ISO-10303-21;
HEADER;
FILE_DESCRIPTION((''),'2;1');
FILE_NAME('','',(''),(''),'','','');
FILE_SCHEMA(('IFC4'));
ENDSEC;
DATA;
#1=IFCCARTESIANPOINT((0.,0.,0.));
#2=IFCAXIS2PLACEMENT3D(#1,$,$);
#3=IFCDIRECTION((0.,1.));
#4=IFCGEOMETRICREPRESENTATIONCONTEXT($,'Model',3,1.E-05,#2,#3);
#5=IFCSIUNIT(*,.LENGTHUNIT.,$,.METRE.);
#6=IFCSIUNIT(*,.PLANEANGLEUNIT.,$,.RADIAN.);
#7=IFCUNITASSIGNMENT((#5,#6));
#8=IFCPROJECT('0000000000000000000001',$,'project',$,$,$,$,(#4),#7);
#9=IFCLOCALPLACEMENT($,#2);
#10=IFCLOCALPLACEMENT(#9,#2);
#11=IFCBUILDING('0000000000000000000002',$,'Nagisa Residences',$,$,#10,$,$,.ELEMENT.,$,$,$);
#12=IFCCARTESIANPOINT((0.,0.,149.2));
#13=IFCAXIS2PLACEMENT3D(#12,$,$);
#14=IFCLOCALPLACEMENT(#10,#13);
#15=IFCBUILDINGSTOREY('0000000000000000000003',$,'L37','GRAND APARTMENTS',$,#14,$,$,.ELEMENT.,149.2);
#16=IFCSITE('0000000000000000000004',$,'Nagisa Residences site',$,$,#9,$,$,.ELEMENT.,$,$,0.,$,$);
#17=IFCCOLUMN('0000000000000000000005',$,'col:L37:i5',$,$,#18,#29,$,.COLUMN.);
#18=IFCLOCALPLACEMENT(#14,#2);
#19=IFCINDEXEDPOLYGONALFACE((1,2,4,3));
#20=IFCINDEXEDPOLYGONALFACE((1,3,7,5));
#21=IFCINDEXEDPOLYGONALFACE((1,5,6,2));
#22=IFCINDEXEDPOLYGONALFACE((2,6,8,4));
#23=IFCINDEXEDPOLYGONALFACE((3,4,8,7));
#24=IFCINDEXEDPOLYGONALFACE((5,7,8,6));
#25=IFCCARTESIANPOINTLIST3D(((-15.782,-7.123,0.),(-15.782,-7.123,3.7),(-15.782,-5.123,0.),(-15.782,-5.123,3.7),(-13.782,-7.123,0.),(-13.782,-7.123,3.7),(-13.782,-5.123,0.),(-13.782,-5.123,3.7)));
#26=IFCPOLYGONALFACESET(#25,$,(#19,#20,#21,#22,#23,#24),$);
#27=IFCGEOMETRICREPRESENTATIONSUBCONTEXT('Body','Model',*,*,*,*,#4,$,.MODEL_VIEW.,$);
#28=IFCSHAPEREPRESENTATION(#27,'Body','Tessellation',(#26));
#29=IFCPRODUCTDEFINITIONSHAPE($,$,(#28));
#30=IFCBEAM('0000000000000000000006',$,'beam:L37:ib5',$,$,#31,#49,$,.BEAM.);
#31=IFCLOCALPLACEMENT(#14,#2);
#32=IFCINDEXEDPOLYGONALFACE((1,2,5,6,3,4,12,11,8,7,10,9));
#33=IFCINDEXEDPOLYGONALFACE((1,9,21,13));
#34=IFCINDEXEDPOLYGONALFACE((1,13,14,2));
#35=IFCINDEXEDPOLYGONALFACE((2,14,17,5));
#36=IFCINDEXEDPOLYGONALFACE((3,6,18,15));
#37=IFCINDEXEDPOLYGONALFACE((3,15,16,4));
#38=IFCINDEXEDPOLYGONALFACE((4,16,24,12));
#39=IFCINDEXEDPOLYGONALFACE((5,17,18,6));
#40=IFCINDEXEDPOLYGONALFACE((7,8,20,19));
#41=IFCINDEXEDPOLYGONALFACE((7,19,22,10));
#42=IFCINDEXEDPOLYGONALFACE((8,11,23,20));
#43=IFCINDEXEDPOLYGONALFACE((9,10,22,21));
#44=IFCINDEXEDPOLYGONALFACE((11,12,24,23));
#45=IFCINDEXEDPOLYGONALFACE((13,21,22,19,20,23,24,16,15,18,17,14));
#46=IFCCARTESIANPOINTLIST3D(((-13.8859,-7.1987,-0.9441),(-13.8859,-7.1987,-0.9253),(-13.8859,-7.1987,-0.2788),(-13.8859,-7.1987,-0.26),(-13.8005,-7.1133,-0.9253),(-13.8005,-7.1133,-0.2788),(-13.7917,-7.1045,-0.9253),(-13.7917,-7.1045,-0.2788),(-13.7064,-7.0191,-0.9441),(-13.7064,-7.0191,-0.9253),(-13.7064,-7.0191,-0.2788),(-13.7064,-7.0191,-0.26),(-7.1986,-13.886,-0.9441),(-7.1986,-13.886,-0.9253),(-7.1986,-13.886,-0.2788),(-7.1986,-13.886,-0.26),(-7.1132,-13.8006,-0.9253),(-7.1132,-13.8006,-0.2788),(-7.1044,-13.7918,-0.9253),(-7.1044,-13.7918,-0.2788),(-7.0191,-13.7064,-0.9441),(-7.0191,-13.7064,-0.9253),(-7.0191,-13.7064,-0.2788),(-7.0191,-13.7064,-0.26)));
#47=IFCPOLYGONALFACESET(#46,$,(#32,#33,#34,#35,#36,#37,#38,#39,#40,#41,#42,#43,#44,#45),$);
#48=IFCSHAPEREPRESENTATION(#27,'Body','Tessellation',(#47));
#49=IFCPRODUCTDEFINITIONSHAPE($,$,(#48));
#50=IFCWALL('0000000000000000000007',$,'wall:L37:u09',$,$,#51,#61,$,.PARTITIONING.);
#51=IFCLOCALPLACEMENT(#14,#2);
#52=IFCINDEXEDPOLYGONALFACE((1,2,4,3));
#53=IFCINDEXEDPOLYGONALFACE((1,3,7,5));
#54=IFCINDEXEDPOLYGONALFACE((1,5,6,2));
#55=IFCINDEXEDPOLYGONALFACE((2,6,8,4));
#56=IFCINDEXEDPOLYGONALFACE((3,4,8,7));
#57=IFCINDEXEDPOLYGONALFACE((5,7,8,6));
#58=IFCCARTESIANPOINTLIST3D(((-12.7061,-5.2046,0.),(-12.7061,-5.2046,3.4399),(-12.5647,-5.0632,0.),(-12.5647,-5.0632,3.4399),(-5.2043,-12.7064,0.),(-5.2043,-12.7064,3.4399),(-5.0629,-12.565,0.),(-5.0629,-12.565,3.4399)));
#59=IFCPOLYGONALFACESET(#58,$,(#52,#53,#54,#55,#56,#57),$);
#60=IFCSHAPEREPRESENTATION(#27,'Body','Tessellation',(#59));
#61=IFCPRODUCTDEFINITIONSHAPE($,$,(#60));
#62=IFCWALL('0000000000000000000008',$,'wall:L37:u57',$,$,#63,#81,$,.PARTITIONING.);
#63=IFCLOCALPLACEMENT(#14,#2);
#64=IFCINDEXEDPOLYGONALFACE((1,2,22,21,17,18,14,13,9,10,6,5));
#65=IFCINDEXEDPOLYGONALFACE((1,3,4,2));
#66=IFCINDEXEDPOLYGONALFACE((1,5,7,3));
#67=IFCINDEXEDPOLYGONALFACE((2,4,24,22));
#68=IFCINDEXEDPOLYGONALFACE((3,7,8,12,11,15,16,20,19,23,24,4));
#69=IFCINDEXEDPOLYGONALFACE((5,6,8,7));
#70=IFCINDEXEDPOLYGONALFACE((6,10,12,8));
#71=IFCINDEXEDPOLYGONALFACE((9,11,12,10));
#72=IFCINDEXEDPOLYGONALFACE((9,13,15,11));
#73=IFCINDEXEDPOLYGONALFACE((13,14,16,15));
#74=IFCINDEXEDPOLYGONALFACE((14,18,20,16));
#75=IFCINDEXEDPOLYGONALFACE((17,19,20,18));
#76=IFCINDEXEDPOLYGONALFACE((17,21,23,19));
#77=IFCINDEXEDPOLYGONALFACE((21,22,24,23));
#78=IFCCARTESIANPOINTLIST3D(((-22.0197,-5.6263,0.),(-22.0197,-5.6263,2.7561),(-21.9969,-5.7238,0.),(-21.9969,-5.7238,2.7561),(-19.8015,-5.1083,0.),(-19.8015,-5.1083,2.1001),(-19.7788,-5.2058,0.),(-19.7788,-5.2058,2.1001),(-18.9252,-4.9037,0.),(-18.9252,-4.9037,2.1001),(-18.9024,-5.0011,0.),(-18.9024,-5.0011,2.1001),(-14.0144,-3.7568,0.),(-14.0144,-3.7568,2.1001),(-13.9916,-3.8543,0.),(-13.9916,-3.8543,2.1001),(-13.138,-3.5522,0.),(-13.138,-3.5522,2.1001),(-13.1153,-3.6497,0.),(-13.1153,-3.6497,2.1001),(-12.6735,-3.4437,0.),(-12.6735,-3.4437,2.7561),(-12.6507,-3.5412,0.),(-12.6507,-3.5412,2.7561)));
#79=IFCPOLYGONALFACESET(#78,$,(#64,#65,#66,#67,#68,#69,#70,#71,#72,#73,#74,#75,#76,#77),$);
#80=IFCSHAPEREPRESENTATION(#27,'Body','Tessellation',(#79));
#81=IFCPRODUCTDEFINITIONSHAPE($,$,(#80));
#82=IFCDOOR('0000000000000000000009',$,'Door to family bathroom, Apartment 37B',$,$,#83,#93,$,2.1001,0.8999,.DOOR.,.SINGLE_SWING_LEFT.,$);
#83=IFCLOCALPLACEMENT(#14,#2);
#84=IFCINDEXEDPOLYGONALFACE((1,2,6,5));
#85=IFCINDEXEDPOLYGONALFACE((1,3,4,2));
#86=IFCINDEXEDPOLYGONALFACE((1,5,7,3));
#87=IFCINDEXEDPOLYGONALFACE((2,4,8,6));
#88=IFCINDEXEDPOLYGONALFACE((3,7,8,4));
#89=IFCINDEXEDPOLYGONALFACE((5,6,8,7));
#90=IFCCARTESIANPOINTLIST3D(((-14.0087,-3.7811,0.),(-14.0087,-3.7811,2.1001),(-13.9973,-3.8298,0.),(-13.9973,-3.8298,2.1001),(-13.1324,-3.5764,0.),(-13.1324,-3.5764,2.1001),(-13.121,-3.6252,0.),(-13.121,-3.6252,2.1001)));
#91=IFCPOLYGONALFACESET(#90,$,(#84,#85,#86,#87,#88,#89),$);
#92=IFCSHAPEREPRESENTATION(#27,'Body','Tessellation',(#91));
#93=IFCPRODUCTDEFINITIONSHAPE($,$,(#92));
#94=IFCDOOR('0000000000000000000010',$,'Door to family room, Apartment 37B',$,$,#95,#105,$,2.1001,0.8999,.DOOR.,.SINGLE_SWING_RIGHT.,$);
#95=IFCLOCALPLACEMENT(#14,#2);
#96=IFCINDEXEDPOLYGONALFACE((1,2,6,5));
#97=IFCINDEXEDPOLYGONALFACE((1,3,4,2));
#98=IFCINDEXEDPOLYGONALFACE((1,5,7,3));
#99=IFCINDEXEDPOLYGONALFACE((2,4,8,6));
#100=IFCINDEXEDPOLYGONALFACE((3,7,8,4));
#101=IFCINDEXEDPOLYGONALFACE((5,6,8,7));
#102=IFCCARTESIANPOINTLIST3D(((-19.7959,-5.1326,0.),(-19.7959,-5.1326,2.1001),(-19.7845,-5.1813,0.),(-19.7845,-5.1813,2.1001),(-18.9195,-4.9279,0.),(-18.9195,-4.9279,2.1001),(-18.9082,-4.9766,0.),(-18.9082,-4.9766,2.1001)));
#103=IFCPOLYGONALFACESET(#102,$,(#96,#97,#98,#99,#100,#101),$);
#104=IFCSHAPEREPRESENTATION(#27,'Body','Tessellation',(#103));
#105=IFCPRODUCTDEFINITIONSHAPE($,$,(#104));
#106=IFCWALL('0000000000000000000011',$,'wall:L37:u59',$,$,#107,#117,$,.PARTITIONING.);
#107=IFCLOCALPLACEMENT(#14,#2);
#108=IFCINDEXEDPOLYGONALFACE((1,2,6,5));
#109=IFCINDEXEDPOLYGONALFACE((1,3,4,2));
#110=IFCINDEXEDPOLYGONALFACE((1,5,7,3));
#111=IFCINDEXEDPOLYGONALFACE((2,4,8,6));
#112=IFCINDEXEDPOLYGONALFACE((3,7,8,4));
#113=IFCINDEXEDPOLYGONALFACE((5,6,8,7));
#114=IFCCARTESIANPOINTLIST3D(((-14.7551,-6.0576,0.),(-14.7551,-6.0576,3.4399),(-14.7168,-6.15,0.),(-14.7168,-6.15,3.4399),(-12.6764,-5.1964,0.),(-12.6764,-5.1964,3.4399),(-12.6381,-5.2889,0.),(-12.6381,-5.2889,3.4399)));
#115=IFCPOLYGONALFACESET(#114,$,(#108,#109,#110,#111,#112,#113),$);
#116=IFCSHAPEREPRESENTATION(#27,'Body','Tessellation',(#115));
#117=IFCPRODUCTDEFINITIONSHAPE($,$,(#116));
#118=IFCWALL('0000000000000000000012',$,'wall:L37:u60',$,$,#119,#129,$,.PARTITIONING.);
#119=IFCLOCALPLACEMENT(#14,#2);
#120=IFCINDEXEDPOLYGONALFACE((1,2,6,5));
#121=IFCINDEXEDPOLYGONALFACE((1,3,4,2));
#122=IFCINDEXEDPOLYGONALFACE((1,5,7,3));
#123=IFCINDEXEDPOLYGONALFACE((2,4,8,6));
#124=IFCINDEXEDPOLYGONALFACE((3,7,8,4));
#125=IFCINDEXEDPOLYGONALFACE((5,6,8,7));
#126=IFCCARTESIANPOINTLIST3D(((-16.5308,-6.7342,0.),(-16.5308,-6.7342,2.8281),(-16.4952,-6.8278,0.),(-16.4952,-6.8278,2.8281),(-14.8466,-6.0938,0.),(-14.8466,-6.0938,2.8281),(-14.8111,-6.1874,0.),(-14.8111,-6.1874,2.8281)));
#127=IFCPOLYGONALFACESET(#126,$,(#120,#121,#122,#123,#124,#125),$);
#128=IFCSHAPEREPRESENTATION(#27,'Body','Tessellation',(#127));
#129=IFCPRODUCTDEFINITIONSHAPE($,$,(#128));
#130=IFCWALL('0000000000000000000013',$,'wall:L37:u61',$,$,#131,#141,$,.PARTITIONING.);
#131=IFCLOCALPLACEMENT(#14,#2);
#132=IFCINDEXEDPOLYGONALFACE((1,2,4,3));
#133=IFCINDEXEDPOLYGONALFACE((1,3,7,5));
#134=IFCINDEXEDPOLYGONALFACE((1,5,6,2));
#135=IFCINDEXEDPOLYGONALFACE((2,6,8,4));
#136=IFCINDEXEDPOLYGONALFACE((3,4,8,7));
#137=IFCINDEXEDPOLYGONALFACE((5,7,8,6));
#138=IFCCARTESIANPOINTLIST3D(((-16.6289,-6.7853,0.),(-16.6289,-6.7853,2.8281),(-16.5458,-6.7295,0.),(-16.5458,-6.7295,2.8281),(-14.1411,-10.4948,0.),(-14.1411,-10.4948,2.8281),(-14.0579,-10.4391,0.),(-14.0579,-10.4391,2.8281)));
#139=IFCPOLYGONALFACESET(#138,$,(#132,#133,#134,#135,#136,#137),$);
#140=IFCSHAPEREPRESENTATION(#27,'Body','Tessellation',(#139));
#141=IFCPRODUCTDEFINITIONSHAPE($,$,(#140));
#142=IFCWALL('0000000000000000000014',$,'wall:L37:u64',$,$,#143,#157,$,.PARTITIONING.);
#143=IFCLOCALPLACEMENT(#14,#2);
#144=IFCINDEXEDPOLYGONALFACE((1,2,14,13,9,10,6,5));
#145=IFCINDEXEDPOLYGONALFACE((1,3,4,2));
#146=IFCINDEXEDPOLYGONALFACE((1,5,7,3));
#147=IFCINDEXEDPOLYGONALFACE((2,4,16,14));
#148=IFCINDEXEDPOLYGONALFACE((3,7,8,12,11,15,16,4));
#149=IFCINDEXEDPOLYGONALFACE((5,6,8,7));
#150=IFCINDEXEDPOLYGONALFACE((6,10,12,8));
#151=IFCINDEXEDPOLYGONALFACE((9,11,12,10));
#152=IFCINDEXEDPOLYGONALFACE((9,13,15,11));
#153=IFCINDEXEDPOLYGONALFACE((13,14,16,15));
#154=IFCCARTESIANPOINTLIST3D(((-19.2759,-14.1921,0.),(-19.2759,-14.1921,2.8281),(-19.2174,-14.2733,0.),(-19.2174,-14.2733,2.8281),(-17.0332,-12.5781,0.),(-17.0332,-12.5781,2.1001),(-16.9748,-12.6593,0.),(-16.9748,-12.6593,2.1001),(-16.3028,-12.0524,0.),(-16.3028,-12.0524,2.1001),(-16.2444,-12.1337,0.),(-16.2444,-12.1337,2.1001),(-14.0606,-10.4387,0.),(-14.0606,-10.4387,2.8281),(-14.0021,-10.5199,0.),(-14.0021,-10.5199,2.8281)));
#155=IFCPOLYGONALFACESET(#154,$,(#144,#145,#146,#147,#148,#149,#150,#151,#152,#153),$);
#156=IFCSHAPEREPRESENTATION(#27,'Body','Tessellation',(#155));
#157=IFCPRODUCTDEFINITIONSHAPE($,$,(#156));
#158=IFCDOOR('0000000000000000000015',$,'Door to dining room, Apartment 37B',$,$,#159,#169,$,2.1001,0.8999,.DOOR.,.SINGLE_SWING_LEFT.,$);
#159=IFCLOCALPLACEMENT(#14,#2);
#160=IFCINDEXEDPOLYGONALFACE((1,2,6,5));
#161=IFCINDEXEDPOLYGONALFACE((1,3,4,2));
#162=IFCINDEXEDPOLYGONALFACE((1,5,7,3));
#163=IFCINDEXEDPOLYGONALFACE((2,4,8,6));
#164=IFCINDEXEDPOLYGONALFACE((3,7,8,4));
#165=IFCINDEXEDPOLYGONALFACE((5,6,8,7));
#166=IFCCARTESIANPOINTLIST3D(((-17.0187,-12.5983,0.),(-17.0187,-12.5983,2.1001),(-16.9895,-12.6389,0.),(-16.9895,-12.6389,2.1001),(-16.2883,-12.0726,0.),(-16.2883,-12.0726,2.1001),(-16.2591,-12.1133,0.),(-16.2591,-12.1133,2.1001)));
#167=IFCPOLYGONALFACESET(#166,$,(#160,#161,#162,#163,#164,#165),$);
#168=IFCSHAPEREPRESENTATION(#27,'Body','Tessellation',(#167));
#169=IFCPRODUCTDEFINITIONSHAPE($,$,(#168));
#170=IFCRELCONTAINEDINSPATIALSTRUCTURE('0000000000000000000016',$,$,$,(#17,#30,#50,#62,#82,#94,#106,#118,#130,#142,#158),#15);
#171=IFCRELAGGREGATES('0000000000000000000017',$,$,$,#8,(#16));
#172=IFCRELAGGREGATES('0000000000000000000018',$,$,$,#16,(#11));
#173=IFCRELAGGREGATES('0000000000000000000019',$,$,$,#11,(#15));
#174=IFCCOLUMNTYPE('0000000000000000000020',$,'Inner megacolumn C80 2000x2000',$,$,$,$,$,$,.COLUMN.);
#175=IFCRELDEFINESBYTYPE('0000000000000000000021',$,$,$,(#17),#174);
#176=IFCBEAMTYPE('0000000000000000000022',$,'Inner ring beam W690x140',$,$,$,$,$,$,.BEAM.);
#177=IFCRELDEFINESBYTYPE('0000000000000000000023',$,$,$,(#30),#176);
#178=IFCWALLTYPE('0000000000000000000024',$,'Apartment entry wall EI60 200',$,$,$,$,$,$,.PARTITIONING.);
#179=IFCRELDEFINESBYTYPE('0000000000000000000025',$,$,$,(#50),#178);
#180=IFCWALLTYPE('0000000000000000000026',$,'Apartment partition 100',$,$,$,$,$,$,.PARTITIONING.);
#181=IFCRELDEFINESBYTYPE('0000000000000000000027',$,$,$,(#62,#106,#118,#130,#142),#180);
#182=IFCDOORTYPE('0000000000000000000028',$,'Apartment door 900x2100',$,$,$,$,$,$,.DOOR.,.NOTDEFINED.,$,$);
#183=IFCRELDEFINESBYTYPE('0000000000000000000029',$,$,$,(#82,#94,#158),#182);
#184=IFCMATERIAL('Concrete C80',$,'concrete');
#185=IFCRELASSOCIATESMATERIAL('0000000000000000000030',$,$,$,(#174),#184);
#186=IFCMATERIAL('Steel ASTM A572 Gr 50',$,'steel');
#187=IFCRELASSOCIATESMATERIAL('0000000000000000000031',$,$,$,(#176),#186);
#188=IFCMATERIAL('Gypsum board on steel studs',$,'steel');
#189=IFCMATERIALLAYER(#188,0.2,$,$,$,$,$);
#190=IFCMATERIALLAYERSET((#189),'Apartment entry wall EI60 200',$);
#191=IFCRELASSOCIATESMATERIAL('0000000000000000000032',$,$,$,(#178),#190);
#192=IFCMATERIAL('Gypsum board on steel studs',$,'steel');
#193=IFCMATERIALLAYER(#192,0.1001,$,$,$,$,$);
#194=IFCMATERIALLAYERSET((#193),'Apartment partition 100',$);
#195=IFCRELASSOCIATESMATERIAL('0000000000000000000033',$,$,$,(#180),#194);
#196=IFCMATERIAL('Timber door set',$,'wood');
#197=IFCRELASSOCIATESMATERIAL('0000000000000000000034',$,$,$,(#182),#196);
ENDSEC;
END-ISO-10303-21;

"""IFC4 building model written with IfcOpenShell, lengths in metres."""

from ifc_helpers import new_model, si_unit, direction, frame, frame_2d, origin, origin_2d, place, context, subcontext, project, spatial, rectangle, i_section, extrude, material, layer, layer_set, material_profile, profile_set, type_object, element, fill, save


model = new_model("IFC4")

# Units and contexts
model_context = context("Model", 3, precision=1e-05, world=origin(), true_north=direction((0.0, 1.0)))
body_context = subcontext(model_context, "Body", "Model", "MODEL_VIEW")
ifc_project = project(units=[si_unit("LENGTHUNIT", "METRE"), si_unit("PLANEANGLEUNIT", "RADIAN")], contexts=[model_context])

# Site, building, storey
site_placement = place(None, origin())
site = spatial("IfcSite", under=ifc_project, at=site_placement, Name="Nagisa Residences site", CompositionType="ELEMENT", RefElevation=0.0)
building_placement = place(site_placement, origin())
building = spatial("IfcBuilding", under=site, at=building_placement, Name="Nagisa Residences", CompositionType="ELEMENT")
storey_placement = place(building_placement, frame((0.0, 0.0, 149.2)))
storey = spatial("IfcBuildingStorey", under=building, at=storey_placement, Name="L37", Description="GRAND APARTMENTS", CompositionType="ELEMENT", Elevation=149.2)

# Column
ifc_material_1 = material(Name="Concrete C80", Category="concrete")
ifc_material_profile_1 = material_profile(ifc_material_1, rectangle(XDim=2.0, YDim=2.0, at=origin_2d()), Name="C80 2000x2000")
ifc_profile_set_1 = profile_set([ifc_material_profile_1], Name="Concrete C80")
column_type = type_object("IfcColumnType", Name="Inner megacolumn C80 2000x2000", PredefinedType="COLUMN", material=ifc_profile_set_1)
column_placement = place(storey_placement, frame((-14.782, -6.123, 0.0), z_axis=(0.0, 0.0, 1.0), x_axis=(1.0, 0.0, 0.0)))
element("IfcColumn", 1, at=column_placement, inside=storey, type_object=column_type, Name="col:L37:i5", PredefinedType="COLUMN", context=body_context, shape_type="SweptSolid", body=[
    extrude(rectangle(XDim=2.0, YDim=2.0, at=origin_2d()), origin(), (0.0, 0.0, 1.0), 3.7),
])

# Beam
ifc_material_2 = material(Name="Steel ASTM A572 Gr 50", Category="steel")
ifc_material_profile_2 = material_profile(ifc_material_2, i_section(OverallWidth=0.2539, OverallDepth=0.6841, WebThickness=0.0125, FlangeThickness=0.0188, at=origin_2d()), Name="W690x140")
ifc_profile_set_2 = profile_set([ifc_material_profile_2], Name="Steel ASTM A572 Gr 50")
beam_type = type_object("IfcBeamType", Name="Inner ring beam W690x140", PredefinedType="BEAM", material=ifc_profile_set_2)
beam_placement = place(storey_placement, frame((-13.7961, -7.1089, -0.6021), z_axis=(0.707107, -0.707107, 0.0), x_axis=(0.707107, 0.707107, 0.0)))
element("IfcBeam", 2, at=beam_placement, inside=storey, type_object=beam_type, Name="beam:L37:ib5", PredefinedType="BEAM", context=body_context, shape_type="SweptSolid", body=[
    extrude(i_section(OverallWidth=0.2539, OverallDepth=0.6841, WebThickness=0.0125, FlangeThickness=0.0188, at=origin_2d()), origin(), (0.0, 0.0, 1.0), 9.4573),
])

# Wall
ifc_material_3 = material(Name="Gypsum board on steel studs", Category="steel")
ifc_layer_1 = layer(ifc_material_3, 0.2)
ifc_layer_set_1 = layer_set([ifc_layer_1], Name="Apartment entry wall EI60 200")
wall_type_1 = type_object("IfcWallType", Name="Apartment entry wall EI60 200", PredefinedType="PARTITIONING", material=ifc_layer_set_1)
wall_1_placement = place(storey_placement, frame((-12.6355, -5.1338, 0.0), z_axis=(0.0, 0.0, 1.0), x_axis=(0.707107, -0.707107, 0.0)))
element("IfcWall", 3, at=wall_1_placement, inside=storey, type_object=wall_type_1, Name="wall:L37:u09", PredefinedType="PARTITIONING", context=body_context, shape_type="SweptSolid", body=[
    extrude(rectangle(XDim=10.6091, YDim=0.2, at=frame_2d((5.3047, 0.0))), origin(), (0.0, 0.0, 1.0), 3.4399),
])

# Wall, openings, doors
ifc_material_4 = material(Name="Gypsum board on steel studs", Category="steel")
ifc_layer_2 = layer(ifc_material_4, 0.1001)
ifc_layer_set_2 = layer_set([ifc_layer_2], Name="Apartment partition 100")
wall_type_2 = type_object("IfcWallType", Name="Apartment partition 100", PredefinedType="PARTITIONING", material=ifc_layer_set_2)
wall_2_placement = place(storey_placement, frame((-12.6621, -3.4924, 0.0), z_axis=(0.0, 0.0, 1.0), x_axis=(-0.973799, -0.227411, 0.0)))
wall_2 = element("IfcWall", 4, at=wall_2_placement, inside=storey, type_object=wall_type_2, Name="wall:L37:u57", PredefinedType="PARTITIONING", context=body_context, shape_type="SweptSolid", body=[
    extrude(rectangle(XDim=9.5977, YDim=0.1001, at=frame_2d((4.7988, 0.0))), origin(), (0.0, 0.0, 1.0), 2.7561),
])
opening_1_placement = place(wall_2_placement, frame((0.4771, 0.0, 0.0)))
opening_1 = element("IfcOpeningElement", 5, at=opening_1_placement, cuts=wall_2, PredefinedType="OPENING", context=body_context, shape_type="SweptSolid", body=[
    extrude(rectangle(XDim=0.8999, YDim=2.1001, at=frame_2d((0.45, 1.05))), frame((0.0, 0.0601, 0.0), z_axis=(0.0, -1.0, 0.0), x_axis=(1.0, 0.0, 0.0)), (0.0, 0.0, 1.0), 0.1201),
])
opening_2_placement = place(wall_2_placement, frame((6.4199, 0.0, 0.0)))
opening_2 = element("IfcOpeningElement", 6, at=opening_2_placement, cuts=wall_2, PredefinedType="OPENING", context=body_context, shape_type="SweptSolid", body=[
    extrude(rectangle(XDim=0.8999, YDim=2.1001, at=frame_2d((0.45, 1.05))), frame((0.0, 0.0601, 0.0), z_axis=(0.0, -1.0, 0.0), x_axis=(1.0, 0.0, 0.0)), (0.0, 0.0, 1.0), 0.1201),
])
ifc_material_5 = material(Name="Timber door set", Category="wood")
door_type_1 = type_object("IfcDoorType", Name="Apartment door 900x2100", OperationType="NOTDEFINED", PredefinedType="DOOR", material=ifc_material_5)
door_1_placement = place(opening_1_placement, origin())
door_1 = element("IfcDoor", 7, at=door_1_placement, inside=storey, type_object=door_type_1, Name="Door to family bathroom, Apartment 37B", OperationType="SINGLE_SWING_LEFT", OverallHeight=2.1001, OverallWidth=0.8999, PredefinedType="DOOR", context=body_context, shape_type="SweptSolid", body=[
    extrude(rectangle(XDim=0.8999, YDim=2.1001, at=frame_2d((0.45, 1.05))), frame((0.0, 0.0249, 0.0), z_axis=(0.0, -1.0, 0.0), x_axis=(1.0, 0.0, 0.0)), (0.0, 0.0, 1.0), 0.05),
])
fill(opening_1, door_1)
door_2_placement = place(opening_2_placement, origin())
door_2 = element("IfcDoor", 8, at=door_2_placement, inside=storey, type_object=door_type_1, Name="Door to family room, Apartment 37B", OperationType="SINGLE_SWING_RIGHT", OverallHeight=2.1001, OverallWidth=0.8999, PredefinedType="DOOR", context=body_context, shape_type="SweptSolid", body=[
    extrude(rectangle(XDim=0.8999, YDim=2.1001, at=frame_2d((0.45, 1.05))), frame((0.0, 0.0249, 0.0), z_axis=(0.0, -1.0, 0.0), x_axis=(1.0, 0.0, 0.0)), (0.0, 0.0, 1.0), 0.05),
])
fill(opening_2, door_2)

# Walls
wall_3_placement = place(storey_placement, frame((-12.6572, -5.2427, 0.0), z_axis=(0.0, 0.0, 1.0), x_axis=(-0.923865, -0.382719, 0.0)))
element("IfcWall", 9, at=wall_3_placement, inside=storey, type_object=wall_type_2, Name="wall:L37:u59", PredefinedType="PARTITIONING", context=body_context, shape_type="SweptSolid", body=[
    extrude(rectangle(XDim=2.25, YDim=0.1001, at=frame_2d((1.125, 0.0))), origin(), (0.0, 0.0, 1.0), 3.4399),
])
wall_4_placement = place(storey_placement, frame((-14.8289, -6.1406, 0.0), z_axis=(0.0, 0.0, 1.0), x_axis=(-0.934704, -0.355426, 0.0)))
element("IfcWall", 10, at=wall_4_placement, inside=storey, type_object=wall_type_2, Name="wall:L37:u60", PredefinedType="PARTITIONING", context=body_context, shape_type="SweptSolid", body=[
    extrude(rectangle(XDim=1.8018, YDim=0.1001, at=frame_2d((0.9009, 0.0))), origin(), (0.0, 0.0, 1.0), 2.8281),
])
wall_5_placement = place(storey_placement, frame((-16.5874, -6.7573, 0.0), z_axis=(0.0, 0.0, 1.0), x_axis=(0.556994, -0.830517, 0.0)))
element("IfcWall", 11, at=wall_5_placement, inside=storey, type_object=wall_type_2, Name="wall:L37:u61", PredefinedType="PARTITIONING", context=body_context, shape_type="SweptSolid", body=[
    extrude(rectangle(XDim=4.4666, YDim=0.1001, at=frame_2d((2.2334, 0.0))), origin(), (0.0, 0.0, 1.0), 2.8281),
])

# Wall, opening, door
wall_6_placement = place(storey_placement, frame((-14.0312, -10.4792, 0.0), z_axis=(0.0, 0.0, 1.0), x_axis=(-0.811654, -0.584139, 0.0)))
wall_6 = element("IfcWall", 12, at=wall_6_placement, inside=storey, type_object=wall_type_2, Name="wall:L37:u64", PredefinedType="PARTITIONING", context=body_context, shape_type="SweptSolid", body=[
    extrude(rectangle(XDim=6.4255, YDim=0.1001, at=frame_2d((3.2129, 0.0))), origin(), (0.0, 0.0, 1.0), 2.8281),
])
opening_3_placement = place(wall_6_placement, frame((2.7627, 0.0, 0.0)))
opening_3 = element("IfcOpeningElement", 13, at=opening_3_placement, cuts=wall_6, PredefinedType="OPENING", context=body_context, shape_type="SweptSolid", body=[
    extrude(rectangle(XDim=0.8999, YDim=2.1001, at=frame_2d((0.45, 1.05))), frame((0.0, 0.0601, 0.0), z_axis=(0.0, -1.0, 0.0), x_axis=(1.0, 0.0, 0.0)), (0.0, 0.0, 1.0), 0.1201),
])
door_3_placement = place(opening_3_placement, origin())
door_3 = element("IfcDoor", 14, at=door_3_placement, inside=storey, type_object=door_type_1, Name="Door to dining room, Apartment 37B", OperationType="SINGLE_SWING_LEFT", OverallHeight=2.1001, OverallWidth=0.8999, PredefinedType="DOOR", context=body_context, shape_type="SweptSolid", body=[
    extrude(rectangle(XDim=0.8999, YDim=2.1001, at=frame_2d((0.45, 1.05))), frame((0.0, 0.0249, 0.0), z_axis=(0.0, -1.0, 0.0), x_axis=(1.0, 0.0, 0.0)), (0.0, 0.0, 1.0), 0.05),
])
fill(opening_3, door_3)

save(model, "model.ifc")
